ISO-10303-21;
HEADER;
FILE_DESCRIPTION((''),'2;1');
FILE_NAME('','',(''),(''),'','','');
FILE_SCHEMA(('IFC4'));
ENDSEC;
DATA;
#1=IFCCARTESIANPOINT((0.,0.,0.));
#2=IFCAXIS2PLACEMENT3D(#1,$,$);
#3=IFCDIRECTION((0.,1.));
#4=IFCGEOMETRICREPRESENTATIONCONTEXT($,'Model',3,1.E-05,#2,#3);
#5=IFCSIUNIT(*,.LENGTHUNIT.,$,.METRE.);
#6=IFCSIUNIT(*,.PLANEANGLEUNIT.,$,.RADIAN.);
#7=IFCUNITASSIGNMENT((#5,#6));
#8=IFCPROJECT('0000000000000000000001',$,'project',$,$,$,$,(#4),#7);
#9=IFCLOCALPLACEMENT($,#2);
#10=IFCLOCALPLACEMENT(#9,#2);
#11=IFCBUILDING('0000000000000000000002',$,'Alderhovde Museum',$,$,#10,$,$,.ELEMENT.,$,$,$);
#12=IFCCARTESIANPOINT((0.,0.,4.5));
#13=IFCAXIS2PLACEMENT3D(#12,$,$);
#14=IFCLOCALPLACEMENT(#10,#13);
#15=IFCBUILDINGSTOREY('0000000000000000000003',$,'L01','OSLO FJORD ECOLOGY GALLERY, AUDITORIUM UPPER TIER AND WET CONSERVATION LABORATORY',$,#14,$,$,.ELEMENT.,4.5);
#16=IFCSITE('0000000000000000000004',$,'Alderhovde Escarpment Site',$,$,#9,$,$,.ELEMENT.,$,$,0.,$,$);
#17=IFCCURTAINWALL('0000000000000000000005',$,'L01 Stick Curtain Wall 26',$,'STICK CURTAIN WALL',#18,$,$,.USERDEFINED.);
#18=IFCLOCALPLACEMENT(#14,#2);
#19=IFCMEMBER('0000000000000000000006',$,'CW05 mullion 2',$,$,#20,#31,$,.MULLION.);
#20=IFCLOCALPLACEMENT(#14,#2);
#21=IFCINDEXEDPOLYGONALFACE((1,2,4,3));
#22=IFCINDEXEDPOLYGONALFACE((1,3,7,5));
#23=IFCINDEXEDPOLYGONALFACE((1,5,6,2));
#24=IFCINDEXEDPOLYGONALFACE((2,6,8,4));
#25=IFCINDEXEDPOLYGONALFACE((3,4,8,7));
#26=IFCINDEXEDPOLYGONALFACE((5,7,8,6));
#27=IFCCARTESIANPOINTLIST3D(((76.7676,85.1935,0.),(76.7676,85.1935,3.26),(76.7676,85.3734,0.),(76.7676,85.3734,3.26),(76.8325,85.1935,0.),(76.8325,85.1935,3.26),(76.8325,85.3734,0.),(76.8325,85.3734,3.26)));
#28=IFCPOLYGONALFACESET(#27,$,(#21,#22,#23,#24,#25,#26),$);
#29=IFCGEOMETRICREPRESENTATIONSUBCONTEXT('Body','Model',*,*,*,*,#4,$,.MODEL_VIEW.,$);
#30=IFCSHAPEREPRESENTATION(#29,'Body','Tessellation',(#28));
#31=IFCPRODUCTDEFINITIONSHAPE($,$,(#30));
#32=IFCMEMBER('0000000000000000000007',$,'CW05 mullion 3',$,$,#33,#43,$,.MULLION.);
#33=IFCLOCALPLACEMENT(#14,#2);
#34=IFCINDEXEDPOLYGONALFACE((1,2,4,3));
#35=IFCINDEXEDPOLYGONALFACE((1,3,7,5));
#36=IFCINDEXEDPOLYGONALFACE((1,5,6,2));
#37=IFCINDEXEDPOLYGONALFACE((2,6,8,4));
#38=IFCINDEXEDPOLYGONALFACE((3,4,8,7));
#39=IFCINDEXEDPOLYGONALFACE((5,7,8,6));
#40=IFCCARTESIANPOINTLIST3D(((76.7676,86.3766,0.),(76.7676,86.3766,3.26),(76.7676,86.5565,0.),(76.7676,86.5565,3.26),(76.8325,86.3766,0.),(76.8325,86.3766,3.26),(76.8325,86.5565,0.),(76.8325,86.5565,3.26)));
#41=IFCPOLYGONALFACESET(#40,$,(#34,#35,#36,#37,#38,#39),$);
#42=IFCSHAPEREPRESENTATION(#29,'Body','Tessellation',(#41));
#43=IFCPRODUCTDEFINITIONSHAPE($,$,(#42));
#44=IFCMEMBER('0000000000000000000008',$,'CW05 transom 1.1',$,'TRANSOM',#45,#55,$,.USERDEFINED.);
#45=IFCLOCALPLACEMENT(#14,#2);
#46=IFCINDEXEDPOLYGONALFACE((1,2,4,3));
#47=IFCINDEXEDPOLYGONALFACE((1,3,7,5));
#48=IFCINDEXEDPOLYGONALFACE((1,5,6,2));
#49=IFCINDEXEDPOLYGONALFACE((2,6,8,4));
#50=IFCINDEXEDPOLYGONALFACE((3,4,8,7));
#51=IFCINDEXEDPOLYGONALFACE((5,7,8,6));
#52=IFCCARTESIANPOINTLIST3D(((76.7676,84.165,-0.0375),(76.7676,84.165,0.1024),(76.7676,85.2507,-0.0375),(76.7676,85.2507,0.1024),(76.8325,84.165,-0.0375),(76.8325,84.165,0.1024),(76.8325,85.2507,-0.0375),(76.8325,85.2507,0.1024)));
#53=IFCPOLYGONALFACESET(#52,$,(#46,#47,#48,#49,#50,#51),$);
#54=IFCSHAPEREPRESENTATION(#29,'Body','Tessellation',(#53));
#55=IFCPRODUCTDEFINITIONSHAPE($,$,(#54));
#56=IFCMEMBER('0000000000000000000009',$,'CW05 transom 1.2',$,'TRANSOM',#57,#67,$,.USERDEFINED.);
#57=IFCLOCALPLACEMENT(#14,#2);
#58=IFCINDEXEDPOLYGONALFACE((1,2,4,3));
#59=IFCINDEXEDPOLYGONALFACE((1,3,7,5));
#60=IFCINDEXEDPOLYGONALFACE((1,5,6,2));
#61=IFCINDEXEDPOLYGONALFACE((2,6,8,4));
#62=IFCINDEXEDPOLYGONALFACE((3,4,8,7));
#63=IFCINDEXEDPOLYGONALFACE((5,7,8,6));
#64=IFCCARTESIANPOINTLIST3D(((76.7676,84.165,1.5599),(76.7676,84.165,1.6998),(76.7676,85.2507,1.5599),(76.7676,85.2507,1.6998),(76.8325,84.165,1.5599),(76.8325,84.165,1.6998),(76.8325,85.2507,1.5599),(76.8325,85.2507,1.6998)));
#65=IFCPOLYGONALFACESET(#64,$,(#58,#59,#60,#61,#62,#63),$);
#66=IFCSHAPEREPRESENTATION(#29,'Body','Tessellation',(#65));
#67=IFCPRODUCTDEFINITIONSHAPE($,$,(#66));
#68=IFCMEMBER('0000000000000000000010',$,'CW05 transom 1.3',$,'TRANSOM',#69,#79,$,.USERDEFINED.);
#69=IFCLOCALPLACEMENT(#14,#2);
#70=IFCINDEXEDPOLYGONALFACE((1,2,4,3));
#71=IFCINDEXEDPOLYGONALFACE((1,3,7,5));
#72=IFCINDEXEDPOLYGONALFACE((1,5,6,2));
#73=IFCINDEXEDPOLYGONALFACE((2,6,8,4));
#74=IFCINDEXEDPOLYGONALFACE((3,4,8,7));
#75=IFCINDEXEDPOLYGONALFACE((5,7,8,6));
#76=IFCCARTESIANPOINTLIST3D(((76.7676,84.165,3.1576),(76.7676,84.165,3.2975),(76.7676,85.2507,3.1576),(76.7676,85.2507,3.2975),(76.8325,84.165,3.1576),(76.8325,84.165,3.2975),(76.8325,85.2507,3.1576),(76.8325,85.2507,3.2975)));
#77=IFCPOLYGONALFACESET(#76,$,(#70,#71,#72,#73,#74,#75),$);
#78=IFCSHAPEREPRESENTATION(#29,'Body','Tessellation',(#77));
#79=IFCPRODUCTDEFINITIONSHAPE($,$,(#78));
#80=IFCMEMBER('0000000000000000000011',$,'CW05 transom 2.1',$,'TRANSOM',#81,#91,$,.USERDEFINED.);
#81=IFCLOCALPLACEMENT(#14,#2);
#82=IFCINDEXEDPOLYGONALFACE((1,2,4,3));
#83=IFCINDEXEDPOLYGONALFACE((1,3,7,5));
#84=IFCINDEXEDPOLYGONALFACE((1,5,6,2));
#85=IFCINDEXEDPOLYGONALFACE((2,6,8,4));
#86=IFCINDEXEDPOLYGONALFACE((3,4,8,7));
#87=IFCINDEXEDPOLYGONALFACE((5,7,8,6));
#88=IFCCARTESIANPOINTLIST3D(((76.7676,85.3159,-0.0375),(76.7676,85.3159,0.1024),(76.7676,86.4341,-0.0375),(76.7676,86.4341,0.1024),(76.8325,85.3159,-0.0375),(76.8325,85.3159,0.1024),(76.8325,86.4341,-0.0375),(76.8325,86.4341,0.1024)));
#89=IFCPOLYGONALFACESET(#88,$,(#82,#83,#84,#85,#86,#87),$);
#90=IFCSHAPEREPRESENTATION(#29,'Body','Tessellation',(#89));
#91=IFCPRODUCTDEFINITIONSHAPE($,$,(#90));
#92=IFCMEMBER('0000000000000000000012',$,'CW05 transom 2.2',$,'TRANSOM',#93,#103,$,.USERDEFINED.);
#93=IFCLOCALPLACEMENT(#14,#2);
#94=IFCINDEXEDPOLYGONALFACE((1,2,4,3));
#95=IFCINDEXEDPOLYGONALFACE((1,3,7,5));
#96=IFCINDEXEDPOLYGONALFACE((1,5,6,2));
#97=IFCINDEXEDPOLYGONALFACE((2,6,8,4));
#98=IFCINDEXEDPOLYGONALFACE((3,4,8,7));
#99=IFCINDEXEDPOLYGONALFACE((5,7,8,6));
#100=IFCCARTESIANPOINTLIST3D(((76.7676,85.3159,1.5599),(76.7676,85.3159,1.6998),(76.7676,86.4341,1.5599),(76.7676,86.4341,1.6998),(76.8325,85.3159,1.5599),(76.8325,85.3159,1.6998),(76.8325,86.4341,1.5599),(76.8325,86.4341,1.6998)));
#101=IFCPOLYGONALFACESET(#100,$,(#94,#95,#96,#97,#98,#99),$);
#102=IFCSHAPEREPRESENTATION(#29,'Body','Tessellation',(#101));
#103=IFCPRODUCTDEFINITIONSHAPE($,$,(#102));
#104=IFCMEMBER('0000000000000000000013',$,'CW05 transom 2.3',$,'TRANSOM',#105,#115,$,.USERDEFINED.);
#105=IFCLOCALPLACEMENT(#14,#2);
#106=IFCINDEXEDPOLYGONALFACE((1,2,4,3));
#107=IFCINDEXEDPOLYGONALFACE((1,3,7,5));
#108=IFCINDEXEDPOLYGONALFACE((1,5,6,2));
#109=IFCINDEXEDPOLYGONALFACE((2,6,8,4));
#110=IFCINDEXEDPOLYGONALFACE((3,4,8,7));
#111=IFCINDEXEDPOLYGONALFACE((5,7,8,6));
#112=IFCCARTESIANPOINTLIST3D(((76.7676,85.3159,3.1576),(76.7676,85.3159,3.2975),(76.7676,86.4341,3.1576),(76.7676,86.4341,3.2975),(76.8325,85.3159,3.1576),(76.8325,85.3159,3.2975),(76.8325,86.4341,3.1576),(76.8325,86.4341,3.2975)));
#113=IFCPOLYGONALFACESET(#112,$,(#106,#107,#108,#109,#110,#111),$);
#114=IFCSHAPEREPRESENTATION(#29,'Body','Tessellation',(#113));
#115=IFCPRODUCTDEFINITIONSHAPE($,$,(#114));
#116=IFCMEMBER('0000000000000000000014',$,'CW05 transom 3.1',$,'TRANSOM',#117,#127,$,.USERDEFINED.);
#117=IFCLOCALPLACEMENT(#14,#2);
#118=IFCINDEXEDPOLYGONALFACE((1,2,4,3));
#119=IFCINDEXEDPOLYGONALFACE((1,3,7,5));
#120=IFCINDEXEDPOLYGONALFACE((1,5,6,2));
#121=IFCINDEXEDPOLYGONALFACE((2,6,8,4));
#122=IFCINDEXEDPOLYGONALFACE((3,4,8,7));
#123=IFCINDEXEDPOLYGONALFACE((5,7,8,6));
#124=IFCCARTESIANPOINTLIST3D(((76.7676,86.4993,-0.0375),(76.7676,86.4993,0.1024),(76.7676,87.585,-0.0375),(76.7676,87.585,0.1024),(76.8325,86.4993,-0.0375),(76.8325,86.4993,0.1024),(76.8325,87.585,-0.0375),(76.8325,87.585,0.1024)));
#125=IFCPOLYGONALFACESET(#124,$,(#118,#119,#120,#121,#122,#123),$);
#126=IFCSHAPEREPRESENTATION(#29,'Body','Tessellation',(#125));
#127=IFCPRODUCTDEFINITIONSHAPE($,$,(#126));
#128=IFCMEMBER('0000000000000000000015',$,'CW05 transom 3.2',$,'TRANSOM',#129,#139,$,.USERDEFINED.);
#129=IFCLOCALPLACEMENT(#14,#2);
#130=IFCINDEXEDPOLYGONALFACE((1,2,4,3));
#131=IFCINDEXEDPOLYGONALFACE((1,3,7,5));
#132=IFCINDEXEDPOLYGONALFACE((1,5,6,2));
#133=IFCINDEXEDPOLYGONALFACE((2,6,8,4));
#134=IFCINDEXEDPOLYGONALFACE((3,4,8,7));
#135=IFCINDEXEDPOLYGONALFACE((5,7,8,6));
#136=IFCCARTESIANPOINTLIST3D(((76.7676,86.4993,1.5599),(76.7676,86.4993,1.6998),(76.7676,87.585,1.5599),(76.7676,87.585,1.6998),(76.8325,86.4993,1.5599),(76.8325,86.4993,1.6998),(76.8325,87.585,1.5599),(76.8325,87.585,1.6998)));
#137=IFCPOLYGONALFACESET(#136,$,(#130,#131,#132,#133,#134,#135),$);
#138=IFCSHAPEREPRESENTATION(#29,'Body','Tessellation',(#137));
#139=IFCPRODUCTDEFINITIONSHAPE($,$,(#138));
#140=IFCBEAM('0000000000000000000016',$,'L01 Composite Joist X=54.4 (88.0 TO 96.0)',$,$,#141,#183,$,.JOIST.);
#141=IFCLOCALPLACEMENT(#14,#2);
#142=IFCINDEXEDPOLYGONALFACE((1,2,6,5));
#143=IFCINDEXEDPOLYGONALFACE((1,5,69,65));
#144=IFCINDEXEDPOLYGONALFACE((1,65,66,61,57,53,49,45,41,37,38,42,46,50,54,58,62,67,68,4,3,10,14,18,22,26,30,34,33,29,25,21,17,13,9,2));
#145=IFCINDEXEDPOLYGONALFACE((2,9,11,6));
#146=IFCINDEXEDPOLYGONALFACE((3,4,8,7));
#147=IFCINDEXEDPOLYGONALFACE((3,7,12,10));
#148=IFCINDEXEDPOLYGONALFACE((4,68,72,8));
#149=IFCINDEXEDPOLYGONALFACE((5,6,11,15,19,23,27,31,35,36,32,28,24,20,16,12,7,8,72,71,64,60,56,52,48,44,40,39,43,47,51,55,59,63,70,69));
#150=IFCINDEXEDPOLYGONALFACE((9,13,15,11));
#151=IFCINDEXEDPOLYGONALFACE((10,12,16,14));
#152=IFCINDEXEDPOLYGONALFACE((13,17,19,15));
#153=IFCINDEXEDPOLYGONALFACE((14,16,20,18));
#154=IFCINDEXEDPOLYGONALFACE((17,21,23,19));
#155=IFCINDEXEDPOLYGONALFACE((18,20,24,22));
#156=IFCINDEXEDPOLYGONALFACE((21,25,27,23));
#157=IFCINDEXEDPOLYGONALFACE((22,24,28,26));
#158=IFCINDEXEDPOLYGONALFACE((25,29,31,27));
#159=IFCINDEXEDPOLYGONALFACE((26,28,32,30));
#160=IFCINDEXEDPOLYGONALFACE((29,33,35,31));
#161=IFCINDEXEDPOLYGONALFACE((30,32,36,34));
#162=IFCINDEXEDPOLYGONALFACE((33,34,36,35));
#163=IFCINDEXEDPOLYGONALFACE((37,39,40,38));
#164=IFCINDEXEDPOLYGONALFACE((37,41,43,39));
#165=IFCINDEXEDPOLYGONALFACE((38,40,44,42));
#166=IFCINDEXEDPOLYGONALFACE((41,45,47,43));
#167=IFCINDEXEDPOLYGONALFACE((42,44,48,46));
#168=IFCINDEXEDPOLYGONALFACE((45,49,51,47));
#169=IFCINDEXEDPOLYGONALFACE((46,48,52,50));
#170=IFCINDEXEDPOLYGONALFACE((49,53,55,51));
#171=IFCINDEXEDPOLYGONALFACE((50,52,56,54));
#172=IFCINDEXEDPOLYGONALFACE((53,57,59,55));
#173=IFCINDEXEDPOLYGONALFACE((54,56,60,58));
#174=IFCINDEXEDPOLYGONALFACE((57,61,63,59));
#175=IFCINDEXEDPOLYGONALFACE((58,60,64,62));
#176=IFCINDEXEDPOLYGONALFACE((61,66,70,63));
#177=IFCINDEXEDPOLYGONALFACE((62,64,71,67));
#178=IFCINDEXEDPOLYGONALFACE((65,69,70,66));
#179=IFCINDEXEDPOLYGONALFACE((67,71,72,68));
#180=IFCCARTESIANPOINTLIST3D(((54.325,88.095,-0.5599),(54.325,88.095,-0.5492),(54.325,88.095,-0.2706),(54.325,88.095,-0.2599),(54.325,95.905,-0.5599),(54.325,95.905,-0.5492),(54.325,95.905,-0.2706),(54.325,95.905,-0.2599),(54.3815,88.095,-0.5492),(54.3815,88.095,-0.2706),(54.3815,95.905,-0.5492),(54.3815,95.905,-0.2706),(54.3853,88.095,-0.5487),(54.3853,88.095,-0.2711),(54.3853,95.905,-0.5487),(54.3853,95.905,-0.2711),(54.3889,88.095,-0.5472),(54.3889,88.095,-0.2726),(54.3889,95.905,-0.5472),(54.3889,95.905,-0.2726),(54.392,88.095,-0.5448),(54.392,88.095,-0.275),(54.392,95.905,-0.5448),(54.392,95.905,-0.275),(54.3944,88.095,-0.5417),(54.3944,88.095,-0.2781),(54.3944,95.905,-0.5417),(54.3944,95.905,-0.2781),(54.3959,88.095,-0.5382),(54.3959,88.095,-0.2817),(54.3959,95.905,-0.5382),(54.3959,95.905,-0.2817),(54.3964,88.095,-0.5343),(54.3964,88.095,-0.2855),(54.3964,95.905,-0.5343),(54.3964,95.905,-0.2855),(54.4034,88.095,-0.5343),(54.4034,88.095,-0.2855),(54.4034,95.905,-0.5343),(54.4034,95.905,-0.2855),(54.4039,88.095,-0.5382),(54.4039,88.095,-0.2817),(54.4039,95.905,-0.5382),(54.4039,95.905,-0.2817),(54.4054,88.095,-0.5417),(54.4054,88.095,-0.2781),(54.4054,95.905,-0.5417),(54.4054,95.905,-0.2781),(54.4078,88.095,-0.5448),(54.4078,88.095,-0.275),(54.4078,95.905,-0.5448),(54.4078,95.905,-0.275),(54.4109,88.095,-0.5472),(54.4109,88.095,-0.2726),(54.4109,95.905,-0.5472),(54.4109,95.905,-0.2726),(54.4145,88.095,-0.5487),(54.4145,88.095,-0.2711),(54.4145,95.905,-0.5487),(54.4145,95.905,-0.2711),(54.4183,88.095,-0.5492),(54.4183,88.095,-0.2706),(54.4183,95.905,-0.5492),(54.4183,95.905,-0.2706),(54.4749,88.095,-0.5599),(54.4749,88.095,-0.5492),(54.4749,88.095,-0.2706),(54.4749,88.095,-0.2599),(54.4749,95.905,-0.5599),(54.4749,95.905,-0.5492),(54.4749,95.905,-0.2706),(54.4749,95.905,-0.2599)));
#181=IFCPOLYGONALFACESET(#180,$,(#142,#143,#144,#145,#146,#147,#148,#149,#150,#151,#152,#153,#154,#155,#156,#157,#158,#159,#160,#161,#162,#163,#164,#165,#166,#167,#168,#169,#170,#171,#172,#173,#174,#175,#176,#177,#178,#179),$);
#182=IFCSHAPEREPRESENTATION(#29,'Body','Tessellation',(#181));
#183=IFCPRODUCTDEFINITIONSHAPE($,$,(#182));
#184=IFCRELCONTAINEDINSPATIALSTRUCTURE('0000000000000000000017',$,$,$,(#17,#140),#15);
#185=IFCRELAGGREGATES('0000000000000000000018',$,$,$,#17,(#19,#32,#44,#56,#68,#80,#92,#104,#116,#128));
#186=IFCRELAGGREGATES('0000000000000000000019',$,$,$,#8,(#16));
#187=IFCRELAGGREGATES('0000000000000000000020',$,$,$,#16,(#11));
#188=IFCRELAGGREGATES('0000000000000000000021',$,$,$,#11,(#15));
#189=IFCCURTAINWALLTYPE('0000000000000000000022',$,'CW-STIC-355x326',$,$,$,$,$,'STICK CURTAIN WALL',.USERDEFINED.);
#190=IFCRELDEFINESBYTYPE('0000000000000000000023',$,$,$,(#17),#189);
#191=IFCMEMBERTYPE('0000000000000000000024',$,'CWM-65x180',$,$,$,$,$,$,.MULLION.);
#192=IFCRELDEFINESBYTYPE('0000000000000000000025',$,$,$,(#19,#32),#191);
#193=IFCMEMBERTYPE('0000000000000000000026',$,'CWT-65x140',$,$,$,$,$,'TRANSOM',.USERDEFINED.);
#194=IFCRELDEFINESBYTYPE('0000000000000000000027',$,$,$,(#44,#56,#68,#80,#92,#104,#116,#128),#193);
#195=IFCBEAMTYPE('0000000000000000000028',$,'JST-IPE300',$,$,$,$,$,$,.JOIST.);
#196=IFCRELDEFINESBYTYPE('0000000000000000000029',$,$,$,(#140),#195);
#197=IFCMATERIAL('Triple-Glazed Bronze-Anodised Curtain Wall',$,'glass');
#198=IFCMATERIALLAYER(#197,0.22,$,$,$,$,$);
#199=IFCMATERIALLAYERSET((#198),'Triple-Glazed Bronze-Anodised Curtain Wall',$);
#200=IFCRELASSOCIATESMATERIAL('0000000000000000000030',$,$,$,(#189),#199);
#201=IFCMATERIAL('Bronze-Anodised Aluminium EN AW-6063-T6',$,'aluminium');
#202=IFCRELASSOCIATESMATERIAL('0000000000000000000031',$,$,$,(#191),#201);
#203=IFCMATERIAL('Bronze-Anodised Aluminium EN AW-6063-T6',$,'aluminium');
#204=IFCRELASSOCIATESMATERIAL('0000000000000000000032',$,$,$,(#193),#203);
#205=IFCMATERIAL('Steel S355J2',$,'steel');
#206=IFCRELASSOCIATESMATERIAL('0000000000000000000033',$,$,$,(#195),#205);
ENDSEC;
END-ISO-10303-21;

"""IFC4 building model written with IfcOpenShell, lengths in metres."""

from ifc_helpers import new_model, si_unit, direction, frame, origin, origin_2d, place, context, subcontext, project, spatial, rectangle, i_section, extrude, material, layer, layer_set, material_profile, profile_set, type_object, element, aggregate, save


model = new_model("IFC4")

# Units and contexts
model_context = context("Model", 3, precision=1e-05, world=origin(), true_north=direction((0.0, 1.0)))
body_context = subcontext(model_context, "Body", "Model", "MODEL_VIEW")
ifc_project = project(units=[si_unit("LENGTHUNIT", "METRE"), si_unit("PLANEANGLEUNIT", "RADIAN")], contexts=[model_context])

# Site, building, storey
site_placement = place(None, origin())
site = spatial("IfcSite", under=ifc_project, at=site_placement, Name="Alderhovde Escarpment Site", CompositionType="ELEMENT", RefElevation=0.0)
building_placement = place(site_placement, origin())
building = spatial("IfcBuilding", under=site, at=building_placement, Name="Alderhovde Museum", CompositionType="ELEMENT")
storey_placement = place(building_placement, frame((0.0, 0.0, 4.5)))
storey = spatial("IfcBuildingStorey", under=building, at=storey_placement, Name="L01", Description="OSLO FJORD ECOLOGY GALLERY, AUDITORIUM UPPER TIER AND WET CONSERVATION LABORATORY", CompositionType="ELEMENT", Elevation=4.5)

# Curtain wall, members
ifc_material_1 = material(Name="Triple-Glazed Bronze-Anodised Curtain Wall", Category="glass")
ifc_layer_1 = layer(ifc_material_1, 0.22)
ifc_layer_set_1 = layer_set([ifc_layer_1], Name="Triple-Glazed Bronze-Anodised Curtain Wall")
curtain_wall_type = type_object("IfcCurtainWallType", Name="CW-STIC-355x326", ElementType="STICK CURTAIN WALL", PredefinedType="USERDEFINED", material=ifc_layer_set_1)
curtain_wall_placement = place(storey_placement, origin())
curtain_wall = element("IfcCurtainWall", 1, at=curtain_wall_placement, inside=storey, type_object=curtain_wall_type, Name="L01 Stick Curtain Wall 26", ObjectType="STICK CURTAIN WALL", PredefinedType="USERDEFINED")
ifc_material_2 = material(Name="Bronze-Anodised Aluminium EN AW-6063-T6", Category="aluminium")
ifc_material_profile_1 = material_profile(ifc_material_2, rectangle(XDim=0.0649, YDim=0.1799, at=origin_2d()), Name="MULLION 65x180")
ifc_profile_set_1 = profile_set([ifc_material_profile_1], Name="Bronze-Anodised Aluminium EN AW-6063-T6")
member_type_1 = type_object("IfcMemberType", Name="CWM-65x180", PredefinedType="MULLION", material=ifc_profile_set_1)
member_1_placement = place(storey_placement, frame((76.8, 85.2834, 0.0), z_axis=(0.0, 0.0, 1.0), x_axis=(-1.0, 0.0, 0.0)))
member_1 = element("IfcMember", 2, at=member_1_placement, type_object=member_type_1, Name="CW05 mullion 2", PredefinedType="MULLION", context=body_context, shape_type="SweptSolid", body=[
    extrude(rectangle(XDim=0.0649, YDim=0.1799, at=origin_2d()), origin(), (0.0, 0.0, 1.0), 3.26),
])
member_2_placement = place(storey_placement, frame((76.8, 86.4666, 0.0), z_axis=(0.0, 0.0, 1.0), x_axis=(-1.0, 0.0, 0.0)))
member_2 = element("IfcMember", 3, at=member_2_placement, type_object=member_type_1, Name="CW05 mullion 3", PredefinedType="MULLION", context=body_context, shape_type="SweptSolid", body=[
    extrude(rectangle(XDim=0.0649, YDim=0.1799, at=origin_2d()), origin(), (0.0, 0.0, 1.0), 3.26),
])
ifc_material_3 = material(Name="Bronze-Anodised Aluminium EN AW-6063-T6", Category="aluminium")
ifc_material_profile_2 = material_profile(ifc_material_3, rectangle(XDim=0.0649, YDim=0.1399, at=origin_2d()), Name="TRANSOM 65x140")
ifc_profile_set_2 = profile_set([ifc_material_profile_2], Name="Bronze-Anodised Aluminium EN AW-6063-T6")
member_type_2 = type_object("IfcMemberType", Name="CWT-65x140", ElementType="TRANSOM", PredefinedType="USERDEFINED", material=ifc_profile_set_2)
member_3_placement = place(storey_placement, frame((76.8, 84.165, 0.0325), z_axis=(0.0, 1.0, 0.0), x_axis=(-1.0, 0.0, 0.0)))
member_3 = element("IfcMember", 4, at=member_3_placement, type_object=member_type_2, Name="CW05 transom 1.1", ObjectType="TRANSOM", PredefinedType="USERDEFINED", context=body_context, shape_type="SweptSolid", body=[
    extrude(rectangle(XDim=0.0649, YDim=0.1399, at=origin_2d()), origin(), (0.0, 0.0, 1.0), 1.0857),
])
member_4_placement = place(storey_placement, frame((76.8, 84.165, 1.6299), z_axis=(0.0, 1.0, 0.0), x_axis=(-1.0, 0.0, 0.0)))
member_4 = element("IfcMember", 5, at=member_4_placement, type_object=member_type_2, Name="CW05 transom 1.2", ObjectType="TRANSOM", PredefinedType="USERDEFINED", context=body_context, shape_type="SweptSolid", body=[
    extrude(rectangle(XDim=0.0649, YDim=0.1399, at=origin_2d()), origin(), (0.0, 0.0, 1.0), 1.0857),
])
member_5_placement = place(storey_placement, frame((76.8, 84.165, 3.2275), z_axis=(0.0, 1.0, 0.0), x_axis=(-1.0, 0.0, 0.0)))
member_5 = element("IfcMember", 6, at=member_5_placement, type_object=member_type_2, Name="CW05 transom 1.3", ObjectType="TRANSOM", PredefinedType="USERDEFINED", context=body_context, shape_type="SweptSolid", body=[
    extrude(rectangle(XDim=0.0649, YDim=0.1399, at=origin_2d()), origin(), (0.0, 0.0, 1.0), 1.0857),
])
member_6_placement = place(storey_placement, frame((76.8, 85.3159, 0.0325), z_axis=(0.0, 1.0, 0.0), x_axis=(-1.0, 0.0, 0.0)))
member_6 = element("IfcMember", 7, at=member_6_placement, type_object=member_type_2, Name="CW05 transom 2.1", ObjectType="TRANSOM", PredefinedType="USERDEFINED", context=body_context, shape_type="SweptSolid", body=[
    extrude(rectangle(XDim=0.0649, YDim=0.1399, at=origin_2d()), origin(), (0.0, 0.0, 1.0), 1.1182),
])
member_7_placement = place(storey_placement, frame((76.8, 85.3159, 1.6299), z_axis=(0.0, 1.0, 0.0), x_axis=(-1.0, 0.0, 0.0)))
member_7 = element("IfcMember", 8, at=member_7_placement, type_object=member_type_2, Name="CW05 transom 2.2", ObjectType="TRANSOM", PredefinedType="USERDEFINED", context=body_context, shape_type="SweptSolid", body=[
    extrude(rectangle(XDim=0.0649, YDim=0.1399, at=origin_2d()), origin(), (0.0, 0.0, 1.0), 1.1182),
])
member_8_placement = place(storey_placement, frame((76.8, 85.3159, 3.2275), z_axis=(0.0, 1.0, 0.0), x_axis=(-1.0, 0.0, 0.0)))
member_8 = element("IfcMember", 9, at=member_8_placement, type_object=member_type_2, Name="CW05 transom 2.3", ObjectType="TRANSOM", PredefinedType="USERDEFINED", context=body_context, shape_type="SweptSolid", body=[
    extrude(rectangle(XDim=0.0649, YDim=0.1399, at=origin_2d()), origin(), (0.0, 0.0, 1.0), 1.1182),
])
member_9_placement = place(storey_placement, frame((76.8, 86.4993, 0.0325), z_axis=(0.0, 1.0, 0.0), x_axis=(-1.0, 0.0, 0.0)))
member_9 = element("IfcMember", 10, at=member_9_placement, type_object=member_type_2, Name="CW05 transom 3.1", ObjectType="TRANSOM", PredefinedType="USERDEFINED", context=body_context, shape_type="SweptSolid", body=[
    extrude(rectangle(XDim=0.0649, YDim=0.1399, at=origin_2d()), origin(), (0.0, 0.0, 1.0), 1.0857),
])
member_10_placement = place(storey_placement, frame((76.8, 86.4993, 1.6299), z_axis=(0.0, 1.0, 0.0), x_axis=(-1.0, 0.0, 0.0)))
member_10 = element("IfcMember", 11, at=member_10_placement, type_object=member_type_2, Name="CW05 transom 3.2", ObjectType="TRANSOM", PredefinedType="USERDEFINED", context=body_context, shape_type="SweptSolid", body=[
    extrude(rectangle(XDim=0.0649, YDim=0.1399, at=origin_2d()), origin(), (0.0, 0.0, 1.0), 1.0857),
])

# Beam
ifc_material_4 = material(Name="Steel S355J2", Category="steel")
ifc_material_profile_3 = material_profile(ifc_material_4, i_section(OverallWidth=0.1499, OverallDepth=0.3, WebThickness=0.0071, FlangeThickness=0.0107, FilletRadius=0.0149, at=origin_2d()), Name="IPE 300")
ifc_profile_set_3 = profile_set([ifc_material_profile_3], Name="Steel S355J2")
beam_type_1 = type_object("IfcBeamType", Name="JST-IPE300", PredefinedType="JOIST", material=ifc_profile_set_3)
for number, where, z_axis, x_axis, name in (
    (12, (54.3999, 88.095, -0.4099), (0.0, 1.0, 0.0), (-1.0, 0.0, 0.0), "L01 Composite Joist X=54.4 (88.0 TO 96.0)"),
):
    element("IfcBeam", number, at=place(storey_placement, frame(where, z_axis=z_axis, x_axis=x_axis)), inside=storey, type_object=beam_type_1, Name=name, PredefinedType="JOIST", context=body_context, shape_type="SweptSolid", body=[
        extrude(i_section(OverallWidth=0.1499, OverallDepth=0.3, WebThickness=0.0071, FlangeThickness=0.0107, FilletRadius=0.0149, at=origin_2d()), origin(), (0.0, 0.0, 1.0), 7.8101),
    ])

aggregate(curtain_wall, [member_1, member_2, member_3, member_4, member_5, member_6, member_7, member_8, member_9, member_10])

save(model, "model.ifc")
